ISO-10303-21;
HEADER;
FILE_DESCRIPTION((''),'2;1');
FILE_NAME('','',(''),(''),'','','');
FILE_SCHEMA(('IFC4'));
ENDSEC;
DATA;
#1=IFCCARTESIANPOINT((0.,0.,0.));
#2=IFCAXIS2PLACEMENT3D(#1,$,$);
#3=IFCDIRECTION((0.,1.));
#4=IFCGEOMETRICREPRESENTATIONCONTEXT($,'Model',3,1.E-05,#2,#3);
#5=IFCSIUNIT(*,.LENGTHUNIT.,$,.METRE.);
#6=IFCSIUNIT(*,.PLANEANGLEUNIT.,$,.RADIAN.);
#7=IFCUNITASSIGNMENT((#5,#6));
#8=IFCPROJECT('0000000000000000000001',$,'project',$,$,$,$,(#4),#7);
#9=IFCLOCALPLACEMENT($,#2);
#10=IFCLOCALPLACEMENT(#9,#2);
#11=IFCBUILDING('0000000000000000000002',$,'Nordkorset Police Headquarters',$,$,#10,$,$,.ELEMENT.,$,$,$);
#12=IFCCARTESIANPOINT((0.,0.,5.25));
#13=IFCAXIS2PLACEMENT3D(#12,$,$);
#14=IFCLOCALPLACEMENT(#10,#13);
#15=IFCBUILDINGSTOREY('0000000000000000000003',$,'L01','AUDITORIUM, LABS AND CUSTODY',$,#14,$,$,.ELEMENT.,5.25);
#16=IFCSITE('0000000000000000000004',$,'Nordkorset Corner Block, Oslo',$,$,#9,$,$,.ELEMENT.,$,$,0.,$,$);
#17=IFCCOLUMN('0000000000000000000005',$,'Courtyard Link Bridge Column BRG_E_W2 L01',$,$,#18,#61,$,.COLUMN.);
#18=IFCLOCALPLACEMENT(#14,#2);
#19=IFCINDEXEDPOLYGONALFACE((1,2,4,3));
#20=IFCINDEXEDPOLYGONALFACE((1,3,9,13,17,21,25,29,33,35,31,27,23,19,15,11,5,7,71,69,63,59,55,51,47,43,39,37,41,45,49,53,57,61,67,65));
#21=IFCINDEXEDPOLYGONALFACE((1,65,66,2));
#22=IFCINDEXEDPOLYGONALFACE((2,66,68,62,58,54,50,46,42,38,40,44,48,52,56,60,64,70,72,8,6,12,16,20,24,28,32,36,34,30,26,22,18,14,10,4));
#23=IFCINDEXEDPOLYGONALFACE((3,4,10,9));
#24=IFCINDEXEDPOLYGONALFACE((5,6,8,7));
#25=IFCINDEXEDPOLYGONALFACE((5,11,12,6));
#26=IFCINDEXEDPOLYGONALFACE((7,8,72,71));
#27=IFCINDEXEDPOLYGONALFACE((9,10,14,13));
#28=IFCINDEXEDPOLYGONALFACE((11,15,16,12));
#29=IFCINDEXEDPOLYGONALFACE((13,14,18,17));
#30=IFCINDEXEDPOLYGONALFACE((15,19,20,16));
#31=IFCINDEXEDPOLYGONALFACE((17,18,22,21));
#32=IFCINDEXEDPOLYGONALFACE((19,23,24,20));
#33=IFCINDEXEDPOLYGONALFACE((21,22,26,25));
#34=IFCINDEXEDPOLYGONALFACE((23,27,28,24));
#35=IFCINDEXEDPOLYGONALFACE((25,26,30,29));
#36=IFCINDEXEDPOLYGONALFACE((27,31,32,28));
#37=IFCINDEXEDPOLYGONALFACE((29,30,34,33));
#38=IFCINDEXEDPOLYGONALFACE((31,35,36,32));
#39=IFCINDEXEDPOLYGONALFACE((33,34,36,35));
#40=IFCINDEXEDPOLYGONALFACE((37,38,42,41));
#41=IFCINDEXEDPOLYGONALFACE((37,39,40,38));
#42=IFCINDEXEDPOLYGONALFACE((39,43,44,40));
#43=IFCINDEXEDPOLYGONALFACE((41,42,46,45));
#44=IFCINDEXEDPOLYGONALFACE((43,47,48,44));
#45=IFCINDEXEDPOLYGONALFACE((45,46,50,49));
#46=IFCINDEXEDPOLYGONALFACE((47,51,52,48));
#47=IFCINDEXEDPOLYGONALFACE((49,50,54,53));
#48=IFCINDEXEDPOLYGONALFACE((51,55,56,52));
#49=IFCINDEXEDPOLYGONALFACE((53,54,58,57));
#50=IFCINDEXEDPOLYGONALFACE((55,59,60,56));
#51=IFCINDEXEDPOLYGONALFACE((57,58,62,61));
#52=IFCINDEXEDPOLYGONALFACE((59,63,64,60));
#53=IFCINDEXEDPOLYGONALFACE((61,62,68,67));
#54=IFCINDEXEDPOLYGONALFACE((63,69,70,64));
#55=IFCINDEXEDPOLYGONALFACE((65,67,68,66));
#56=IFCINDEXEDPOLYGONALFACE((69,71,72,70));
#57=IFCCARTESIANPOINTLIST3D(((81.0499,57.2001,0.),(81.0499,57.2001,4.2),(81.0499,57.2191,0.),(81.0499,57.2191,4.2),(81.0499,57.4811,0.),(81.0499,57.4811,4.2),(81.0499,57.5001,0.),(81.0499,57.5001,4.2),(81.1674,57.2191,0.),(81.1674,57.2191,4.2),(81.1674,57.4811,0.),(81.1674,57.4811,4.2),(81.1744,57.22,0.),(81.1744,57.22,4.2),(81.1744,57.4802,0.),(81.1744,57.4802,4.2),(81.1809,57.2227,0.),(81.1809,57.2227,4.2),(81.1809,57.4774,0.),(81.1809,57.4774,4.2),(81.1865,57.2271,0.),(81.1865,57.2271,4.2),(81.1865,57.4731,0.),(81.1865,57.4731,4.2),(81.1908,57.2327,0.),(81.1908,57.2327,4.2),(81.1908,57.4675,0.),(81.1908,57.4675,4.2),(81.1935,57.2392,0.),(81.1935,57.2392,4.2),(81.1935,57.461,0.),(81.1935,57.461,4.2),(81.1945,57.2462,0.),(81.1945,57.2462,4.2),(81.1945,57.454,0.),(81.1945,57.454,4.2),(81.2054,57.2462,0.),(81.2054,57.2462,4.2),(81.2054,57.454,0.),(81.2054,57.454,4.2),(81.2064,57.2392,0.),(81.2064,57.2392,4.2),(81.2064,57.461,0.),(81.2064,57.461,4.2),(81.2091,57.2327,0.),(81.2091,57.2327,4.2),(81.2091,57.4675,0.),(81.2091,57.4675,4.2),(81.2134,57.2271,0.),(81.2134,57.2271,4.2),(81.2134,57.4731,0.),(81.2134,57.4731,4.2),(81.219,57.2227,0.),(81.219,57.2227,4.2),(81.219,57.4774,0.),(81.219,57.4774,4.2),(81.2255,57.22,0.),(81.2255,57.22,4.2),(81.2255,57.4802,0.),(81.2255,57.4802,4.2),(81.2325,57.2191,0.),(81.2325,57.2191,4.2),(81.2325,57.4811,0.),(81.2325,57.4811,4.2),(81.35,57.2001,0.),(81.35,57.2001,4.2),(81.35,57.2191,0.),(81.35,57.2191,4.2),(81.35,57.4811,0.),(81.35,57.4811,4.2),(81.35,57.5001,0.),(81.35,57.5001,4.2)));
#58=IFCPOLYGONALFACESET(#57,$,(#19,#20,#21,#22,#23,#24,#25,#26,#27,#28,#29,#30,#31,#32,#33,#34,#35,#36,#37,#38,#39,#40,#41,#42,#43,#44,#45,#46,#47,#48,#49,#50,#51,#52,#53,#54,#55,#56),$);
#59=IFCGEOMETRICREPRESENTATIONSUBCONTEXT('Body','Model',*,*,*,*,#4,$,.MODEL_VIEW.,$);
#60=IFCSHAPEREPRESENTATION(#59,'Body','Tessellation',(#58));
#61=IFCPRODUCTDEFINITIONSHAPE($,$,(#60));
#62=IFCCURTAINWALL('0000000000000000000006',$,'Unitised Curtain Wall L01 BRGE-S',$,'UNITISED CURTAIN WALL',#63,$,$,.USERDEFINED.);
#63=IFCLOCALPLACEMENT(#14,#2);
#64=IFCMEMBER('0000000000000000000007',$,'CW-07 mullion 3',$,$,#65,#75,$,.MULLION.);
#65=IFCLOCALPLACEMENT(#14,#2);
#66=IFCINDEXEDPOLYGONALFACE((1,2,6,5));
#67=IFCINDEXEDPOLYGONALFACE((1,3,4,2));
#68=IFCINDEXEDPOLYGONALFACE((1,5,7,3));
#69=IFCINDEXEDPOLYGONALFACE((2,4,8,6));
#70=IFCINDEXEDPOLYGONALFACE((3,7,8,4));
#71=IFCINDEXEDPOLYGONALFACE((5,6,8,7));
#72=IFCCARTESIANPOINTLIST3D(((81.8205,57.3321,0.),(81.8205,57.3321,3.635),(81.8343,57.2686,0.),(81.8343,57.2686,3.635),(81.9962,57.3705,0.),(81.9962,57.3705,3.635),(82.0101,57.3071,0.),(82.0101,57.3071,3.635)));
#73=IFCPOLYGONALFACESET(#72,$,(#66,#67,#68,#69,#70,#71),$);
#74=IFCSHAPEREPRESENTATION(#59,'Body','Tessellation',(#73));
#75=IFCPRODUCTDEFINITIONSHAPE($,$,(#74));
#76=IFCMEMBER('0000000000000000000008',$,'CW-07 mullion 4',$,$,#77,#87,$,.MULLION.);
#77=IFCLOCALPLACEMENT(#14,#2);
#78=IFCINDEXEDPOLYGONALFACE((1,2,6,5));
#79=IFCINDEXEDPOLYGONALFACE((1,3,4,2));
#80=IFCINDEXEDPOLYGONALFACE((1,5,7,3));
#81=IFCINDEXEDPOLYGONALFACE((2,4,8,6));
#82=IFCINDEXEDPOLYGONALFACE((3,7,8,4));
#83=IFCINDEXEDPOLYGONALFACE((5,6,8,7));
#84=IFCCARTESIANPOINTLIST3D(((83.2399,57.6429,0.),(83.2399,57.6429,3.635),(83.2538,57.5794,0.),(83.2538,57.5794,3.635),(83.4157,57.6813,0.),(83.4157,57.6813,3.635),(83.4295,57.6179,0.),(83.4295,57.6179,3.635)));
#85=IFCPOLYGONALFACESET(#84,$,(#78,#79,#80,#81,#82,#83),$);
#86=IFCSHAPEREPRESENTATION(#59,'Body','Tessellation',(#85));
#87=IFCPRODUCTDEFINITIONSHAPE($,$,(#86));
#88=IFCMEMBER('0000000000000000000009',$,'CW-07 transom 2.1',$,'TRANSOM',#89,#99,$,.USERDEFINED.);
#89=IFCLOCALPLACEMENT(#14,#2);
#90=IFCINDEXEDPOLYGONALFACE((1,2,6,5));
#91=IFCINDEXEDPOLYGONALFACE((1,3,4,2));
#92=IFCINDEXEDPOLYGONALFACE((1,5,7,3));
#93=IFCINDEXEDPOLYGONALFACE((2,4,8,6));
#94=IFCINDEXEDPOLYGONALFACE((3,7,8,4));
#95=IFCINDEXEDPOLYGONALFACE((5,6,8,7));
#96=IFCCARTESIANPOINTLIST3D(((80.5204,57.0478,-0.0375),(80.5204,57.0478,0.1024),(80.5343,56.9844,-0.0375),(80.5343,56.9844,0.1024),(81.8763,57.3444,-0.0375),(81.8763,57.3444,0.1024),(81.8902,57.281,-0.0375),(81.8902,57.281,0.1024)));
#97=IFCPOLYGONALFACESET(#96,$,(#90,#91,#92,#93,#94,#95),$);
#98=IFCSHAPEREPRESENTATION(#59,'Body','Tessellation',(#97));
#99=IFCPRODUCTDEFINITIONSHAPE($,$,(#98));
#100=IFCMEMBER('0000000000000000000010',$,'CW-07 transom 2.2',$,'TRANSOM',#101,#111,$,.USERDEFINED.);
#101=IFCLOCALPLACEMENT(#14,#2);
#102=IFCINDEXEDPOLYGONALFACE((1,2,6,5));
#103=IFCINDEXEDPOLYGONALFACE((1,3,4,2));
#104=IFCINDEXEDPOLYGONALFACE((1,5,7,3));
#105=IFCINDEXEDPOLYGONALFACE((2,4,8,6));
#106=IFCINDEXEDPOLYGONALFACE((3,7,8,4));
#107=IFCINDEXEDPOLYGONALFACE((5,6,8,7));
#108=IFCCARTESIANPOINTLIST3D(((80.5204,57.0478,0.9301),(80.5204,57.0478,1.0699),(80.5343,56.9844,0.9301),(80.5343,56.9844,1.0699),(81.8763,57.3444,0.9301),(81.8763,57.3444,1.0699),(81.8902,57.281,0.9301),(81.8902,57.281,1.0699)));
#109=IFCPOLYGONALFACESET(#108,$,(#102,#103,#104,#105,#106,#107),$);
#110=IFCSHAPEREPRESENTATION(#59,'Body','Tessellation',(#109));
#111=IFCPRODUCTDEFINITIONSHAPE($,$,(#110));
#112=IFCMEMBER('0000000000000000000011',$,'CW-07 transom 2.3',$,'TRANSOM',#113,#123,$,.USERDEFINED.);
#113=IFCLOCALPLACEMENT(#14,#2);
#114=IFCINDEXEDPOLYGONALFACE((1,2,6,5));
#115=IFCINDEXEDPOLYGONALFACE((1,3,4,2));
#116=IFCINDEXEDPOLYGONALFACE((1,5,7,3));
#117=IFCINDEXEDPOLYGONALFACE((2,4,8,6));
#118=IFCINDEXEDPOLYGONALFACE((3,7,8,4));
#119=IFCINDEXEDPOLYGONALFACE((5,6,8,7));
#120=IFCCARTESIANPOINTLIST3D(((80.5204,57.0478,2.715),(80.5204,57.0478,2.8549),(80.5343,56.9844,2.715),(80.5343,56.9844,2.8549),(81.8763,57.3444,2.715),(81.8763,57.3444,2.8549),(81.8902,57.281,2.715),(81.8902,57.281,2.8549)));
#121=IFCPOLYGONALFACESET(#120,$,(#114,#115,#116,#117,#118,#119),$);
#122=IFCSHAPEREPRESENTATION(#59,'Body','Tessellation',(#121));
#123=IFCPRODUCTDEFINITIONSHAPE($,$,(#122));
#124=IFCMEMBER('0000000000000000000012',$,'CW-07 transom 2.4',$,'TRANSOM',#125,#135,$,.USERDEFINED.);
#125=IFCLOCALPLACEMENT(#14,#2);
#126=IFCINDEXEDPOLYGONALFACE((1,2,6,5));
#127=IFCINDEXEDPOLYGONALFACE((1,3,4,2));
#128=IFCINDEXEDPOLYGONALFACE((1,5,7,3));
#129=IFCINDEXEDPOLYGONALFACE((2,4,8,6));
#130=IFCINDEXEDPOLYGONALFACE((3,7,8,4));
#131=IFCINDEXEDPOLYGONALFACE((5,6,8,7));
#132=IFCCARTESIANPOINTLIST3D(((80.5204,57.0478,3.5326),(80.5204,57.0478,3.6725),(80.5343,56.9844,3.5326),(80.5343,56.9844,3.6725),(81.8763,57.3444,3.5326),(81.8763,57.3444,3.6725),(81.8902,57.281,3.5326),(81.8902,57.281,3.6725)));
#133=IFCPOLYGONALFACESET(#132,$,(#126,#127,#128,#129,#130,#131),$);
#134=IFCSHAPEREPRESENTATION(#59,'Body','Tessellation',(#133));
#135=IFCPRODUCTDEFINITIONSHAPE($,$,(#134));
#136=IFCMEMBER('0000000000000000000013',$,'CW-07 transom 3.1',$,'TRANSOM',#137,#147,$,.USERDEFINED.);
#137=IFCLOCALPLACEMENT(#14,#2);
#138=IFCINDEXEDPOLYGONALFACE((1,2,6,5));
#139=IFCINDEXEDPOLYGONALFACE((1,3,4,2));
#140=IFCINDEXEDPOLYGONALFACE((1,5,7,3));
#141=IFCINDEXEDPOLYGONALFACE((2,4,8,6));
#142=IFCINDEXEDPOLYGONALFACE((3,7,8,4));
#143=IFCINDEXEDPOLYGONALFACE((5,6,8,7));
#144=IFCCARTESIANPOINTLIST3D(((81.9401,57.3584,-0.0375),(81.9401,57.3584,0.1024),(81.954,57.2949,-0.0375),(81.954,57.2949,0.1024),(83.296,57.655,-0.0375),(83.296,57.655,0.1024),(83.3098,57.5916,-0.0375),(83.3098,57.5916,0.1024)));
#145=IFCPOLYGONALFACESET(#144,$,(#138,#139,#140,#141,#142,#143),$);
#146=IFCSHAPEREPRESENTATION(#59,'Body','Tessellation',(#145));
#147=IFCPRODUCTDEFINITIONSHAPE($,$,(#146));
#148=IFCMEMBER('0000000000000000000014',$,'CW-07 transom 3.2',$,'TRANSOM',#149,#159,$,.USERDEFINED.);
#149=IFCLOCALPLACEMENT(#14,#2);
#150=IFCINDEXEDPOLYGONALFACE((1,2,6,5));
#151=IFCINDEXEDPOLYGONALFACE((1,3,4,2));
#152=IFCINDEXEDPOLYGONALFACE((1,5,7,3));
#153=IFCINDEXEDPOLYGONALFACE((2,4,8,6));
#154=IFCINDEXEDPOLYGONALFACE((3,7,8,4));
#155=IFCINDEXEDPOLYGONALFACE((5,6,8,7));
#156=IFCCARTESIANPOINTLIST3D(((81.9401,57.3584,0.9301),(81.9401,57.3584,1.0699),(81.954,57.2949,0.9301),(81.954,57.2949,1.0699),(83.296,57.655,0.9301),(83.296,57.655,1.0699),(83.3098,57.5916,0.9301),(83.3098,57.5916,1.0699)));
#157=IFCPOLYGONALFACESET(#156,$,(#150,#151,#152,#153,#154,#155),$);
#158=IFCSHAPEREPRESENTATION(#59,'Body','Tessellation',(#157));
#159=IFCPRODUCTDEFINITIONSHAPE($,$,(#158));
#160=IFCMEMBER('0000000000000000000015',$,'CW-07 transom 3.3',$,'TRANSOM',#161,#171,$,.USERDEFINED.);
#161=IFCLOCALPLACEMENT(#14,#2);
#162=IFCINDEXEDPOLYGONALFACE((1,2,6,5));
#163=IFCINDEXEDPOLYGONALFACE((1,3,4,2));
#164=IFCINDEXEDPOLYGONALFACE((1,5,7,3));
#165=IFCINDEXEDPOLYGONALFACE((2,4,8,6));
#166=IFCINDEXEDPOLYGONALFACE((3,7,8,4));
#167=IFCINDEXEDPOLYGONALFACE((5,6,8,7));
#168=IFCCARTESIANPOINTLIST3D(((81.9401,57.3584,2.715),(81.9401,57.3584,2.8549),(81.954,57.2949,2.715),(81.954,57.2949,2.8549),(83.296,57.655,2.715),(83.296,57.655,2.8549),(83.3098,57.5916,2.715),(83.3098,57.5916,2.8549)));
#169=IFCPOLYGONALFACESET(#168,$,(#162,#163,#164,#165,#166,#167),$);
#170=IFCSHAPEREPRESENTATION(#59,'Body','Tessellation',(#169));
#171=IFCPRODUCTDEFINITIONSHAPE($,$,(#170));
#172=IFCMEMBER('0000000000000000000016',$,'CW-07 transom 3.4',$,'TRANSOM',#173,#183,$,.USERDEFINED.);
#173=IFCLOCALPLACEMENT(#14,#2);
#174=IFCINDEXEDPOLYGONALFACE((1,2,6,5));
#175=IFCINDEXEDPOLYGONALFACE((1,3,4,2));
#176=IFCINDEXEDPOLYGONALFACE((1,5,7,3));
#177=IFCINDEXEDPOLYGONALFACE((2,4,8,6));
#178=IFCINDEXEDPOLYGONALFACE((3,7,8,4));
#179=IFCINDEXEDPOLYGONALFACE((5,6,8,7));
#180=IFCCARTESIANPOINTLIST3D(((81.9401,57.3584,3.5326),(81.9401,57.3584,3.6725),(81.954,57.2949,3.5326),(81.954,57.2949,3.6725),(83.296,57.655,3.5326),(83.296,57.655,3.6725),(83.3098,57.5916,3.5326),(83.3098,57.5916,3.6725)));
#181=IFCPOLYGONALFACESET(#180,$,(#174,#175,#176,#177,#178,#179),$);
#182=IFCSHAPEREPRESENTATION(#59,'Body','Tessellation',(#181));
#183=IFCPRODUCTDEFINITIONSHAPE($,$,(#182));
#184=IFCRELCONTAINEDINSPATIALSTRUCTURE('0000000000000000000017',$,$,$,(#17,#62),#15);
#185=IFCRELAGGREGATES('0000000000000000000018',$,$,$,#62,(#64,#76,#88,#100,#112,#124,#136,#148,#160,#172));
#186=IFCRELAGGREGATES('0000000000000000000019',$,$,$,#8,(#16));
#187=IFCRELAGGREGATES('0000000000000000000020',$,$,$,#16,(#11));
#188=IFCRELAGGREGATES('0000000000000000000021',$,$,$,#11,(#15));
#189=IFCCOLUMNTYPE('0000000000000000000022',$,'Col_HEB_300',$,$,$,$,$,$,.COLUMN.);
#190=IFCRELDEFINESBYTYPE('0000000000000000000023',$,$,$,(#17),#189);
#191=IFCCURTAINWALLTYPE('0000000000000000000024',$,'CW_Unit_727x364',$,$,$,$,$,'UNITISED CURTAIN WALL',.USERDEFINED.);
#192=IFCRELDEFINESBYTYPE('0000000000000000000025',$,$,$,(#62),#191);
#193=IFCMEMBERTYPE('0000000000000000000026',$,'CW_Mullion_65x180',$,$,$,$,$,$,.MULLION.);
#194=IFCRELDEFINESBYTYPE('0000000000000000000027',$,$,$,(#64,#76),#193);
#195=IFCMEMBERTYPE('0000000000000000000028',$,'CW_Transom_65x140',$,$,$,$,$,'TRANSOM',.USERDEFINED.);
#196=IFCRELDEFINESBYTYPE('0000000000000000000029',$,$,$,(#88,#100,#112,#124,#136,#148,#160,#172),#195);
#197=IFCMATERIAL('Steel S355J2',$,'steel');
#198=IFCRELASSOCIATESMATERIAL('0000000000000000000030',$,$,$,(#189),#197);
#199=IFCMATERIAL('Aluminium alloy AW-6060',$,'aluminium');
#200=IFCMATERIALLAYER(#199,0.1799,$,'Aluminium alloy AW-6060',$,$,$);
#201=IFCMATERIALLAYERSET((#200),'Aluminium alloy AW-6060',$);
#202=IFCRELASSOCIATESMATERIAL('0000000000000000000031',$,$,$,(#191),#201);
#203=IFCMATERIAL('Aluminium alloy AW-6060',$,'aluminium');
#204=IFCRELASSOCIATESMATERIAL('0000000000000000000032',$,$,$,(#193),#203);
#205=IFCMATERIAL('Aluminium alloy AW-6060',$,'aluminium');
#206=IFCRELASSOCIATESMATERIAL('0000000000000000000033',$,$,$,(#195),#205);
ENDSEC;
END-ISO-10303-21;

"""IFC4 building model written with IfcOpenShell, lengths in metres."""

from ifc_helpers import new_model, si_unit, direction, frame, origin, origin_2d, place, context, subcontext, project, spatial, rectangle, i_section, extrude, material, layer, layer_set, material_profile, profile_set, type_object, element, aggregate, save


model = new_model("IFC4")

# Units and contexts
model_context = context("Model", 3, precision=1e-05, world=origin(), true_north=direction((0.0, 1.0)))
body_context = subcontext(model_context, "Body", "Model", "MODEL_VIEW")
ifc_project = project(units=[si_unit("LENGTHUNIT", "METRE"), si_unit("PLANEANGLEUNIT", "RADIAN")], contexts=[model_context])

# Site, building, storey
site_placement = place(None, origin())
site = spatial("IfcSite", under=ifc_project, at=site_placement, Name="Nordkorset Corner Block, Oslo", CompositionType="ELEMENT", RefElevation=0.0)
building_placement = place(site_placement, origin())
building = spatial("IfcBuilding", under=site, at=building_placement, Name="Nordkorset Police Headquarters", CompositionType="ELEMENT")
storey_placement = place(building_placement, frame((0.0, 0.0, 5.25)))
storey = spatial("IfcBuildingStorey", under=building, at=storey_placement, Name="L01", Description="AUDITORIUM, LABS AND CUSTODY", CompositionType="ELEMENT", Elevation=5.25)

# Column
ifc_material_1 = material(Name="Steel S355J2", Category="steel")
ifc_material_profile_1 = material_profile(ifc_material_1, i_section(OverallWidth=0.3, OverallDepth=0.3, WebThickness=0.011, FlangeThickness=0.019, FilletRadius=0.0271, at=origin_2d()), Name="HEB 300")
ifc_profile_set_1 = profile_set([ifc_material_profile_1], Name="Steel S355J2")
column_type = type_object("IfcColumnType", Name="Col_HEB_300", PredefinedType="COLUMN", material=ifc_profile_set_1)
column_placement = place(storey_placement, frame((81.2, 57.3501, 0.0), z_axis=(0.0, 0.0, 1.0), x_axis=(1.0, 0.0, 0.0)))
element("IfcColumn", 1, at=column_placement, inside=storey, type_object=column_type, Name="Courtyard Link Bridge Column BRG_E_W2 L01", PredefinedType="COLUMN", context=body_context, shape_type="SweptSolid", body=[
    extrude(i_section(OverallWidth=0.3, OverallDepth=0.3, WebThickness=0.011, FlangeThickness=0.019, FilletRadius=0.0271, at=origin_2d()), origin(), (0.0, 0.0, 1.0), 4.2),
])

# Curtain wall, members
ifc_material_2 = material(Name="Aluminium alloy AW-6060", Category="aluminium")
ifc_layer_1 = layer(ifc_material_2, 0.1799, Name="Aluminium alloy AW-6060")
ifc_layer_set_1 = layer_set([ifc_layer_1], Name="Aluminium alloy AW-6060")
curtain_wall_type = type_object("IfcCurtainWallType", Name="CW_Unit_727x364", ElementType="UNITISED CURTAIN WALL", PredefinedType="USERDEFINED", material=ifc_layer_set_1)
curtain_wall_placement = place(storey_placement, origin())
curtain_wall = element("IfcCurtainWall", 2, at=curtain_wall_placement, inside=storey, type_object=curtain_wall_type, Name="Unitised Curtain Wall L01 BRGE-S", ObjectType="UNITISED CURTAIN WALL", PredefinedType="USERDEFINED")
ifc_material_3 = material(Name="Aluminium alloy AW-6060", Category="aluminium")
ifc_material_profile_2 = material_profile(ifc_material_3, rectangle(XDim=0.0649, YDim=0.1799, at=origin_2d()), Name="ALU MULL 65x180")
ifc_profile_set_2 = profile_set([ifc_material_profile_2], Name="Aluminium alloy AW-6060")
member_type_1 = type_object("IfcMemberType", Name="CW_Mullion_65x180", PredefinedType="MULLION", material=ifc_profile_set_2)
member_1_placement = place(storey_placement, frame((81.9153, 57.3196, 0.0), z_axis=(0.0, 0.0, 1.0), x_axis=(-0.213737, 0.976891, 0.0)))
member_1 = element("IfcMember", 3, at=member_1_placement, type_object=member_type_1, Name="CW-07 mullion 3", PredefinedType="MULLION", context=body_context, shape_type="SweptSolid", body=[
    extrude(rectangle(XDim=0.0649, YDim=0.1799, at=origin_2d()), origin(), (0.0, 0.0, 1.0), 3.635),
])
member_2_placement = place(storey_placement, frame((83.3347, 57.6304, 0.0), z_axis=(0.0, 0.0, 1.0), x_axis=(-0.213737, 0.976891, 0.0)))
member_2 = element("IfcMember", 4, at=member_2_placement, type_object=member_type_1, Name="CW-07 mullion 4", PredefinedType="MULLION", context=body_context, shape_type="SweptSolid", body=[
    extrude(rectangle(XDim=0.0649, YDim=0.1799, at=origin_2d()), origin(), (0.0, 0.0, 1.0), 3.635),
])
ifc_material_4 = material(Name="Aluminium alloy AW-6060", Category="aluminium")
ifc_material_profile_3 = material_profile(ifc_material_4, rectangle(XDim=0.0649, YDim=0.1399, at=origin_2d()), Name="ALU TRAN 65x140")
ifc_profile_set_3 = profile_set([ifc_material_profile_3], Name="Aluminium alloy AW-6060")
member_type_2 = type_object("IfcMemberType", Name="CW_Transom_65x140", ElementType="TRANSOM", PredefinedType="USERDEFINED", material=ifc_profile_set_3)
member_3_placement = place(storey_placement, frame((80.5273, 57.0161, 0.0325), z_axis=(0.976898, 0.213707, 0.0), x_axis=(-0.213707, 0.976898, 0.0)))
member_3 = element("IfcMember", 5, at=member_3_placement, type_object=member_type_2, Name="CW-07 transom 2.1", ObjectType="TRANSOM", PredefinedType="USERDEFINED", context=body_context, shape_type="SweptSolid", body=[
    extrude(rectangle(XDim=0.0649, YDim=0.1399, at=origin_2d()), origin(), (0.0, 0.0, 1.0), 1.3879),
])
member_4_placement = place(storey_placement, frame((80.5273, 57.0161, 1.0), z_axis=(0.976898, 0.213707, 0.0), x_axis=(-0.213707, 0.976898, 0.0)))
member_4 = element("IfcMember", 6, at=member_4_placement, type_object=member_type_2, Name="CW-07 transom 2.2", ObjectType="TRANSOM", PredefinedType="USERDEFINED", context=body_context, shape_type="SweptSolid", body=[
    extrude(rectangle(XDim=0.0649, YDim=0.1399, at=origin_2d()), origin(), (0.0, 0.0, 1.0), 1.3879),
])
member_5_placement = place(storey_placement, frame((80.5273, 57.0161, 2.7849), z_axis=(0.976898, 0.213707, 0.0), x_axis=(-0.213707, 0.976898, 0.0)))
member_5 = element("IfcMember", 7, at=member_5_placement, type_object=member_type_2, Name="CW-07 transom 2.3", ObjectType="TRANSOM", PredefinedType="USERDEFINED", context=body_context, shape_type="SweptSolid", body=[
    extrude(rectangle(XDim=0.0649, YDim=0.1399, at=origin_2d()), origin(), (0.0, 0.0, 1.0), 1.3879),
])
member_6_placement = place(storey_placement, frame((80.5273, 57.0161, 3.6025), z_axis=(0.976898, 0.213707, 0.0), x_axis=(-0.213707, 0.976898, 0.0)))
member_6 = element("IfcMember", 8, at=member_6_placement, type_object=member_type_2, Name="CW-07 transom 2.4", ObjectType="TRANSOM", PredefinedType="USERDEFINED", context=body_context, shape_type="SweptSolid", body=[
    extrude(rectangle(XDim=0.0649, YDim=0.1399, at=origin_2d()), origin(), (0.0, 0.0, 1.0), 1.3879),
])
member_7_placement = place(storey_placement, frame((81.947, 57.3267, 0.0325), z_axis=(0.976898, 0.213707, 0.0), x_axis=(-0.213707, 0.976898, 0.0)))
member_7 = element("IfcMember", 9, at=member_7_placement, type_object=member_type_2, Name="CW-07 transom 3.1", ObjectType="TRANSOM", PredefinedType="USERDEFINED", context=body_context, shape_type="SweptSolid", body=[
    extrude(rectangle(XDim=0.0649, YDim=0.1399, at=origin_2d()), origin(), (0.0, 0.0, 1.0), 1.3879),
])
member_8_placement = place(storey_placement, frame((81.947, 57.3267, 1.0), z_axis=(0.976898, 0.213707, 0.0), x_axis=(-0.213707, 0.976898, 0.0)))
member_8 = element("IfcMember", 10, at=member_8_placement, type_object=member_type_2, Name="CW-07 transom 3.2", ObjectType="TRANSOM", PredefinedType="USERDEFINED", context=body_context, shape_type="SweptSolid", body=[
    extrude(rectangle(XDim=0.0649, YDim=0.1399, at=origin_2d()), origin(), (0.0, 0.0, 1.0), 1.3879),
])
member_9_placement = place(storey_placement, frame((81.947, 57.3267, 2.7849), z_axis=(0.976898, 0.213707, 0.0), x_axis=(-0.213707, 0.976898, 0.0)))
member_9 = element("IfcMember", 11, at=member_9_placement, type_object=member_type_2, Name="CW-07 transom 3.3", ObjectType="TRANSOM", PredefinedType="USERDEFINED", context=body_context, shape_type="SweptSolid", body=[
    extrude(rectangle(XDim=0.0649, YDim=0.1399, at=origin_2d()), origin(), (0.0, 0.0, 1.0), 1.3879),
])
member_10_placement = place(storey_placement, frame((81.947, 57.3267, 3.6025), z_axis=(0.976898, 0.213707, 0.0), x_axis=(-0.213707, 0.976898, 0.0)))
member_10 = element("IfcMember", 12, at=member_10_placement, type_object=member_type_2, Name="CW-07 transom 3.4", ObjectType="TRANSOM", PredefinedType="USERDEFINED", context=body_context, shape_type="SweptSolid", body=[
    extrude(rectangle(XDim=0.0649, YDim=0.1399, at=origin_2d()), origin(), (0.0, 0.0, 1.0), 1.3879),
])

aggregate(curtain_wall, [member_1, member_2, member_3, member_4, member_5, member_6, member_7, member_8, member_9, member_10])

save(model, "model.ifc")
